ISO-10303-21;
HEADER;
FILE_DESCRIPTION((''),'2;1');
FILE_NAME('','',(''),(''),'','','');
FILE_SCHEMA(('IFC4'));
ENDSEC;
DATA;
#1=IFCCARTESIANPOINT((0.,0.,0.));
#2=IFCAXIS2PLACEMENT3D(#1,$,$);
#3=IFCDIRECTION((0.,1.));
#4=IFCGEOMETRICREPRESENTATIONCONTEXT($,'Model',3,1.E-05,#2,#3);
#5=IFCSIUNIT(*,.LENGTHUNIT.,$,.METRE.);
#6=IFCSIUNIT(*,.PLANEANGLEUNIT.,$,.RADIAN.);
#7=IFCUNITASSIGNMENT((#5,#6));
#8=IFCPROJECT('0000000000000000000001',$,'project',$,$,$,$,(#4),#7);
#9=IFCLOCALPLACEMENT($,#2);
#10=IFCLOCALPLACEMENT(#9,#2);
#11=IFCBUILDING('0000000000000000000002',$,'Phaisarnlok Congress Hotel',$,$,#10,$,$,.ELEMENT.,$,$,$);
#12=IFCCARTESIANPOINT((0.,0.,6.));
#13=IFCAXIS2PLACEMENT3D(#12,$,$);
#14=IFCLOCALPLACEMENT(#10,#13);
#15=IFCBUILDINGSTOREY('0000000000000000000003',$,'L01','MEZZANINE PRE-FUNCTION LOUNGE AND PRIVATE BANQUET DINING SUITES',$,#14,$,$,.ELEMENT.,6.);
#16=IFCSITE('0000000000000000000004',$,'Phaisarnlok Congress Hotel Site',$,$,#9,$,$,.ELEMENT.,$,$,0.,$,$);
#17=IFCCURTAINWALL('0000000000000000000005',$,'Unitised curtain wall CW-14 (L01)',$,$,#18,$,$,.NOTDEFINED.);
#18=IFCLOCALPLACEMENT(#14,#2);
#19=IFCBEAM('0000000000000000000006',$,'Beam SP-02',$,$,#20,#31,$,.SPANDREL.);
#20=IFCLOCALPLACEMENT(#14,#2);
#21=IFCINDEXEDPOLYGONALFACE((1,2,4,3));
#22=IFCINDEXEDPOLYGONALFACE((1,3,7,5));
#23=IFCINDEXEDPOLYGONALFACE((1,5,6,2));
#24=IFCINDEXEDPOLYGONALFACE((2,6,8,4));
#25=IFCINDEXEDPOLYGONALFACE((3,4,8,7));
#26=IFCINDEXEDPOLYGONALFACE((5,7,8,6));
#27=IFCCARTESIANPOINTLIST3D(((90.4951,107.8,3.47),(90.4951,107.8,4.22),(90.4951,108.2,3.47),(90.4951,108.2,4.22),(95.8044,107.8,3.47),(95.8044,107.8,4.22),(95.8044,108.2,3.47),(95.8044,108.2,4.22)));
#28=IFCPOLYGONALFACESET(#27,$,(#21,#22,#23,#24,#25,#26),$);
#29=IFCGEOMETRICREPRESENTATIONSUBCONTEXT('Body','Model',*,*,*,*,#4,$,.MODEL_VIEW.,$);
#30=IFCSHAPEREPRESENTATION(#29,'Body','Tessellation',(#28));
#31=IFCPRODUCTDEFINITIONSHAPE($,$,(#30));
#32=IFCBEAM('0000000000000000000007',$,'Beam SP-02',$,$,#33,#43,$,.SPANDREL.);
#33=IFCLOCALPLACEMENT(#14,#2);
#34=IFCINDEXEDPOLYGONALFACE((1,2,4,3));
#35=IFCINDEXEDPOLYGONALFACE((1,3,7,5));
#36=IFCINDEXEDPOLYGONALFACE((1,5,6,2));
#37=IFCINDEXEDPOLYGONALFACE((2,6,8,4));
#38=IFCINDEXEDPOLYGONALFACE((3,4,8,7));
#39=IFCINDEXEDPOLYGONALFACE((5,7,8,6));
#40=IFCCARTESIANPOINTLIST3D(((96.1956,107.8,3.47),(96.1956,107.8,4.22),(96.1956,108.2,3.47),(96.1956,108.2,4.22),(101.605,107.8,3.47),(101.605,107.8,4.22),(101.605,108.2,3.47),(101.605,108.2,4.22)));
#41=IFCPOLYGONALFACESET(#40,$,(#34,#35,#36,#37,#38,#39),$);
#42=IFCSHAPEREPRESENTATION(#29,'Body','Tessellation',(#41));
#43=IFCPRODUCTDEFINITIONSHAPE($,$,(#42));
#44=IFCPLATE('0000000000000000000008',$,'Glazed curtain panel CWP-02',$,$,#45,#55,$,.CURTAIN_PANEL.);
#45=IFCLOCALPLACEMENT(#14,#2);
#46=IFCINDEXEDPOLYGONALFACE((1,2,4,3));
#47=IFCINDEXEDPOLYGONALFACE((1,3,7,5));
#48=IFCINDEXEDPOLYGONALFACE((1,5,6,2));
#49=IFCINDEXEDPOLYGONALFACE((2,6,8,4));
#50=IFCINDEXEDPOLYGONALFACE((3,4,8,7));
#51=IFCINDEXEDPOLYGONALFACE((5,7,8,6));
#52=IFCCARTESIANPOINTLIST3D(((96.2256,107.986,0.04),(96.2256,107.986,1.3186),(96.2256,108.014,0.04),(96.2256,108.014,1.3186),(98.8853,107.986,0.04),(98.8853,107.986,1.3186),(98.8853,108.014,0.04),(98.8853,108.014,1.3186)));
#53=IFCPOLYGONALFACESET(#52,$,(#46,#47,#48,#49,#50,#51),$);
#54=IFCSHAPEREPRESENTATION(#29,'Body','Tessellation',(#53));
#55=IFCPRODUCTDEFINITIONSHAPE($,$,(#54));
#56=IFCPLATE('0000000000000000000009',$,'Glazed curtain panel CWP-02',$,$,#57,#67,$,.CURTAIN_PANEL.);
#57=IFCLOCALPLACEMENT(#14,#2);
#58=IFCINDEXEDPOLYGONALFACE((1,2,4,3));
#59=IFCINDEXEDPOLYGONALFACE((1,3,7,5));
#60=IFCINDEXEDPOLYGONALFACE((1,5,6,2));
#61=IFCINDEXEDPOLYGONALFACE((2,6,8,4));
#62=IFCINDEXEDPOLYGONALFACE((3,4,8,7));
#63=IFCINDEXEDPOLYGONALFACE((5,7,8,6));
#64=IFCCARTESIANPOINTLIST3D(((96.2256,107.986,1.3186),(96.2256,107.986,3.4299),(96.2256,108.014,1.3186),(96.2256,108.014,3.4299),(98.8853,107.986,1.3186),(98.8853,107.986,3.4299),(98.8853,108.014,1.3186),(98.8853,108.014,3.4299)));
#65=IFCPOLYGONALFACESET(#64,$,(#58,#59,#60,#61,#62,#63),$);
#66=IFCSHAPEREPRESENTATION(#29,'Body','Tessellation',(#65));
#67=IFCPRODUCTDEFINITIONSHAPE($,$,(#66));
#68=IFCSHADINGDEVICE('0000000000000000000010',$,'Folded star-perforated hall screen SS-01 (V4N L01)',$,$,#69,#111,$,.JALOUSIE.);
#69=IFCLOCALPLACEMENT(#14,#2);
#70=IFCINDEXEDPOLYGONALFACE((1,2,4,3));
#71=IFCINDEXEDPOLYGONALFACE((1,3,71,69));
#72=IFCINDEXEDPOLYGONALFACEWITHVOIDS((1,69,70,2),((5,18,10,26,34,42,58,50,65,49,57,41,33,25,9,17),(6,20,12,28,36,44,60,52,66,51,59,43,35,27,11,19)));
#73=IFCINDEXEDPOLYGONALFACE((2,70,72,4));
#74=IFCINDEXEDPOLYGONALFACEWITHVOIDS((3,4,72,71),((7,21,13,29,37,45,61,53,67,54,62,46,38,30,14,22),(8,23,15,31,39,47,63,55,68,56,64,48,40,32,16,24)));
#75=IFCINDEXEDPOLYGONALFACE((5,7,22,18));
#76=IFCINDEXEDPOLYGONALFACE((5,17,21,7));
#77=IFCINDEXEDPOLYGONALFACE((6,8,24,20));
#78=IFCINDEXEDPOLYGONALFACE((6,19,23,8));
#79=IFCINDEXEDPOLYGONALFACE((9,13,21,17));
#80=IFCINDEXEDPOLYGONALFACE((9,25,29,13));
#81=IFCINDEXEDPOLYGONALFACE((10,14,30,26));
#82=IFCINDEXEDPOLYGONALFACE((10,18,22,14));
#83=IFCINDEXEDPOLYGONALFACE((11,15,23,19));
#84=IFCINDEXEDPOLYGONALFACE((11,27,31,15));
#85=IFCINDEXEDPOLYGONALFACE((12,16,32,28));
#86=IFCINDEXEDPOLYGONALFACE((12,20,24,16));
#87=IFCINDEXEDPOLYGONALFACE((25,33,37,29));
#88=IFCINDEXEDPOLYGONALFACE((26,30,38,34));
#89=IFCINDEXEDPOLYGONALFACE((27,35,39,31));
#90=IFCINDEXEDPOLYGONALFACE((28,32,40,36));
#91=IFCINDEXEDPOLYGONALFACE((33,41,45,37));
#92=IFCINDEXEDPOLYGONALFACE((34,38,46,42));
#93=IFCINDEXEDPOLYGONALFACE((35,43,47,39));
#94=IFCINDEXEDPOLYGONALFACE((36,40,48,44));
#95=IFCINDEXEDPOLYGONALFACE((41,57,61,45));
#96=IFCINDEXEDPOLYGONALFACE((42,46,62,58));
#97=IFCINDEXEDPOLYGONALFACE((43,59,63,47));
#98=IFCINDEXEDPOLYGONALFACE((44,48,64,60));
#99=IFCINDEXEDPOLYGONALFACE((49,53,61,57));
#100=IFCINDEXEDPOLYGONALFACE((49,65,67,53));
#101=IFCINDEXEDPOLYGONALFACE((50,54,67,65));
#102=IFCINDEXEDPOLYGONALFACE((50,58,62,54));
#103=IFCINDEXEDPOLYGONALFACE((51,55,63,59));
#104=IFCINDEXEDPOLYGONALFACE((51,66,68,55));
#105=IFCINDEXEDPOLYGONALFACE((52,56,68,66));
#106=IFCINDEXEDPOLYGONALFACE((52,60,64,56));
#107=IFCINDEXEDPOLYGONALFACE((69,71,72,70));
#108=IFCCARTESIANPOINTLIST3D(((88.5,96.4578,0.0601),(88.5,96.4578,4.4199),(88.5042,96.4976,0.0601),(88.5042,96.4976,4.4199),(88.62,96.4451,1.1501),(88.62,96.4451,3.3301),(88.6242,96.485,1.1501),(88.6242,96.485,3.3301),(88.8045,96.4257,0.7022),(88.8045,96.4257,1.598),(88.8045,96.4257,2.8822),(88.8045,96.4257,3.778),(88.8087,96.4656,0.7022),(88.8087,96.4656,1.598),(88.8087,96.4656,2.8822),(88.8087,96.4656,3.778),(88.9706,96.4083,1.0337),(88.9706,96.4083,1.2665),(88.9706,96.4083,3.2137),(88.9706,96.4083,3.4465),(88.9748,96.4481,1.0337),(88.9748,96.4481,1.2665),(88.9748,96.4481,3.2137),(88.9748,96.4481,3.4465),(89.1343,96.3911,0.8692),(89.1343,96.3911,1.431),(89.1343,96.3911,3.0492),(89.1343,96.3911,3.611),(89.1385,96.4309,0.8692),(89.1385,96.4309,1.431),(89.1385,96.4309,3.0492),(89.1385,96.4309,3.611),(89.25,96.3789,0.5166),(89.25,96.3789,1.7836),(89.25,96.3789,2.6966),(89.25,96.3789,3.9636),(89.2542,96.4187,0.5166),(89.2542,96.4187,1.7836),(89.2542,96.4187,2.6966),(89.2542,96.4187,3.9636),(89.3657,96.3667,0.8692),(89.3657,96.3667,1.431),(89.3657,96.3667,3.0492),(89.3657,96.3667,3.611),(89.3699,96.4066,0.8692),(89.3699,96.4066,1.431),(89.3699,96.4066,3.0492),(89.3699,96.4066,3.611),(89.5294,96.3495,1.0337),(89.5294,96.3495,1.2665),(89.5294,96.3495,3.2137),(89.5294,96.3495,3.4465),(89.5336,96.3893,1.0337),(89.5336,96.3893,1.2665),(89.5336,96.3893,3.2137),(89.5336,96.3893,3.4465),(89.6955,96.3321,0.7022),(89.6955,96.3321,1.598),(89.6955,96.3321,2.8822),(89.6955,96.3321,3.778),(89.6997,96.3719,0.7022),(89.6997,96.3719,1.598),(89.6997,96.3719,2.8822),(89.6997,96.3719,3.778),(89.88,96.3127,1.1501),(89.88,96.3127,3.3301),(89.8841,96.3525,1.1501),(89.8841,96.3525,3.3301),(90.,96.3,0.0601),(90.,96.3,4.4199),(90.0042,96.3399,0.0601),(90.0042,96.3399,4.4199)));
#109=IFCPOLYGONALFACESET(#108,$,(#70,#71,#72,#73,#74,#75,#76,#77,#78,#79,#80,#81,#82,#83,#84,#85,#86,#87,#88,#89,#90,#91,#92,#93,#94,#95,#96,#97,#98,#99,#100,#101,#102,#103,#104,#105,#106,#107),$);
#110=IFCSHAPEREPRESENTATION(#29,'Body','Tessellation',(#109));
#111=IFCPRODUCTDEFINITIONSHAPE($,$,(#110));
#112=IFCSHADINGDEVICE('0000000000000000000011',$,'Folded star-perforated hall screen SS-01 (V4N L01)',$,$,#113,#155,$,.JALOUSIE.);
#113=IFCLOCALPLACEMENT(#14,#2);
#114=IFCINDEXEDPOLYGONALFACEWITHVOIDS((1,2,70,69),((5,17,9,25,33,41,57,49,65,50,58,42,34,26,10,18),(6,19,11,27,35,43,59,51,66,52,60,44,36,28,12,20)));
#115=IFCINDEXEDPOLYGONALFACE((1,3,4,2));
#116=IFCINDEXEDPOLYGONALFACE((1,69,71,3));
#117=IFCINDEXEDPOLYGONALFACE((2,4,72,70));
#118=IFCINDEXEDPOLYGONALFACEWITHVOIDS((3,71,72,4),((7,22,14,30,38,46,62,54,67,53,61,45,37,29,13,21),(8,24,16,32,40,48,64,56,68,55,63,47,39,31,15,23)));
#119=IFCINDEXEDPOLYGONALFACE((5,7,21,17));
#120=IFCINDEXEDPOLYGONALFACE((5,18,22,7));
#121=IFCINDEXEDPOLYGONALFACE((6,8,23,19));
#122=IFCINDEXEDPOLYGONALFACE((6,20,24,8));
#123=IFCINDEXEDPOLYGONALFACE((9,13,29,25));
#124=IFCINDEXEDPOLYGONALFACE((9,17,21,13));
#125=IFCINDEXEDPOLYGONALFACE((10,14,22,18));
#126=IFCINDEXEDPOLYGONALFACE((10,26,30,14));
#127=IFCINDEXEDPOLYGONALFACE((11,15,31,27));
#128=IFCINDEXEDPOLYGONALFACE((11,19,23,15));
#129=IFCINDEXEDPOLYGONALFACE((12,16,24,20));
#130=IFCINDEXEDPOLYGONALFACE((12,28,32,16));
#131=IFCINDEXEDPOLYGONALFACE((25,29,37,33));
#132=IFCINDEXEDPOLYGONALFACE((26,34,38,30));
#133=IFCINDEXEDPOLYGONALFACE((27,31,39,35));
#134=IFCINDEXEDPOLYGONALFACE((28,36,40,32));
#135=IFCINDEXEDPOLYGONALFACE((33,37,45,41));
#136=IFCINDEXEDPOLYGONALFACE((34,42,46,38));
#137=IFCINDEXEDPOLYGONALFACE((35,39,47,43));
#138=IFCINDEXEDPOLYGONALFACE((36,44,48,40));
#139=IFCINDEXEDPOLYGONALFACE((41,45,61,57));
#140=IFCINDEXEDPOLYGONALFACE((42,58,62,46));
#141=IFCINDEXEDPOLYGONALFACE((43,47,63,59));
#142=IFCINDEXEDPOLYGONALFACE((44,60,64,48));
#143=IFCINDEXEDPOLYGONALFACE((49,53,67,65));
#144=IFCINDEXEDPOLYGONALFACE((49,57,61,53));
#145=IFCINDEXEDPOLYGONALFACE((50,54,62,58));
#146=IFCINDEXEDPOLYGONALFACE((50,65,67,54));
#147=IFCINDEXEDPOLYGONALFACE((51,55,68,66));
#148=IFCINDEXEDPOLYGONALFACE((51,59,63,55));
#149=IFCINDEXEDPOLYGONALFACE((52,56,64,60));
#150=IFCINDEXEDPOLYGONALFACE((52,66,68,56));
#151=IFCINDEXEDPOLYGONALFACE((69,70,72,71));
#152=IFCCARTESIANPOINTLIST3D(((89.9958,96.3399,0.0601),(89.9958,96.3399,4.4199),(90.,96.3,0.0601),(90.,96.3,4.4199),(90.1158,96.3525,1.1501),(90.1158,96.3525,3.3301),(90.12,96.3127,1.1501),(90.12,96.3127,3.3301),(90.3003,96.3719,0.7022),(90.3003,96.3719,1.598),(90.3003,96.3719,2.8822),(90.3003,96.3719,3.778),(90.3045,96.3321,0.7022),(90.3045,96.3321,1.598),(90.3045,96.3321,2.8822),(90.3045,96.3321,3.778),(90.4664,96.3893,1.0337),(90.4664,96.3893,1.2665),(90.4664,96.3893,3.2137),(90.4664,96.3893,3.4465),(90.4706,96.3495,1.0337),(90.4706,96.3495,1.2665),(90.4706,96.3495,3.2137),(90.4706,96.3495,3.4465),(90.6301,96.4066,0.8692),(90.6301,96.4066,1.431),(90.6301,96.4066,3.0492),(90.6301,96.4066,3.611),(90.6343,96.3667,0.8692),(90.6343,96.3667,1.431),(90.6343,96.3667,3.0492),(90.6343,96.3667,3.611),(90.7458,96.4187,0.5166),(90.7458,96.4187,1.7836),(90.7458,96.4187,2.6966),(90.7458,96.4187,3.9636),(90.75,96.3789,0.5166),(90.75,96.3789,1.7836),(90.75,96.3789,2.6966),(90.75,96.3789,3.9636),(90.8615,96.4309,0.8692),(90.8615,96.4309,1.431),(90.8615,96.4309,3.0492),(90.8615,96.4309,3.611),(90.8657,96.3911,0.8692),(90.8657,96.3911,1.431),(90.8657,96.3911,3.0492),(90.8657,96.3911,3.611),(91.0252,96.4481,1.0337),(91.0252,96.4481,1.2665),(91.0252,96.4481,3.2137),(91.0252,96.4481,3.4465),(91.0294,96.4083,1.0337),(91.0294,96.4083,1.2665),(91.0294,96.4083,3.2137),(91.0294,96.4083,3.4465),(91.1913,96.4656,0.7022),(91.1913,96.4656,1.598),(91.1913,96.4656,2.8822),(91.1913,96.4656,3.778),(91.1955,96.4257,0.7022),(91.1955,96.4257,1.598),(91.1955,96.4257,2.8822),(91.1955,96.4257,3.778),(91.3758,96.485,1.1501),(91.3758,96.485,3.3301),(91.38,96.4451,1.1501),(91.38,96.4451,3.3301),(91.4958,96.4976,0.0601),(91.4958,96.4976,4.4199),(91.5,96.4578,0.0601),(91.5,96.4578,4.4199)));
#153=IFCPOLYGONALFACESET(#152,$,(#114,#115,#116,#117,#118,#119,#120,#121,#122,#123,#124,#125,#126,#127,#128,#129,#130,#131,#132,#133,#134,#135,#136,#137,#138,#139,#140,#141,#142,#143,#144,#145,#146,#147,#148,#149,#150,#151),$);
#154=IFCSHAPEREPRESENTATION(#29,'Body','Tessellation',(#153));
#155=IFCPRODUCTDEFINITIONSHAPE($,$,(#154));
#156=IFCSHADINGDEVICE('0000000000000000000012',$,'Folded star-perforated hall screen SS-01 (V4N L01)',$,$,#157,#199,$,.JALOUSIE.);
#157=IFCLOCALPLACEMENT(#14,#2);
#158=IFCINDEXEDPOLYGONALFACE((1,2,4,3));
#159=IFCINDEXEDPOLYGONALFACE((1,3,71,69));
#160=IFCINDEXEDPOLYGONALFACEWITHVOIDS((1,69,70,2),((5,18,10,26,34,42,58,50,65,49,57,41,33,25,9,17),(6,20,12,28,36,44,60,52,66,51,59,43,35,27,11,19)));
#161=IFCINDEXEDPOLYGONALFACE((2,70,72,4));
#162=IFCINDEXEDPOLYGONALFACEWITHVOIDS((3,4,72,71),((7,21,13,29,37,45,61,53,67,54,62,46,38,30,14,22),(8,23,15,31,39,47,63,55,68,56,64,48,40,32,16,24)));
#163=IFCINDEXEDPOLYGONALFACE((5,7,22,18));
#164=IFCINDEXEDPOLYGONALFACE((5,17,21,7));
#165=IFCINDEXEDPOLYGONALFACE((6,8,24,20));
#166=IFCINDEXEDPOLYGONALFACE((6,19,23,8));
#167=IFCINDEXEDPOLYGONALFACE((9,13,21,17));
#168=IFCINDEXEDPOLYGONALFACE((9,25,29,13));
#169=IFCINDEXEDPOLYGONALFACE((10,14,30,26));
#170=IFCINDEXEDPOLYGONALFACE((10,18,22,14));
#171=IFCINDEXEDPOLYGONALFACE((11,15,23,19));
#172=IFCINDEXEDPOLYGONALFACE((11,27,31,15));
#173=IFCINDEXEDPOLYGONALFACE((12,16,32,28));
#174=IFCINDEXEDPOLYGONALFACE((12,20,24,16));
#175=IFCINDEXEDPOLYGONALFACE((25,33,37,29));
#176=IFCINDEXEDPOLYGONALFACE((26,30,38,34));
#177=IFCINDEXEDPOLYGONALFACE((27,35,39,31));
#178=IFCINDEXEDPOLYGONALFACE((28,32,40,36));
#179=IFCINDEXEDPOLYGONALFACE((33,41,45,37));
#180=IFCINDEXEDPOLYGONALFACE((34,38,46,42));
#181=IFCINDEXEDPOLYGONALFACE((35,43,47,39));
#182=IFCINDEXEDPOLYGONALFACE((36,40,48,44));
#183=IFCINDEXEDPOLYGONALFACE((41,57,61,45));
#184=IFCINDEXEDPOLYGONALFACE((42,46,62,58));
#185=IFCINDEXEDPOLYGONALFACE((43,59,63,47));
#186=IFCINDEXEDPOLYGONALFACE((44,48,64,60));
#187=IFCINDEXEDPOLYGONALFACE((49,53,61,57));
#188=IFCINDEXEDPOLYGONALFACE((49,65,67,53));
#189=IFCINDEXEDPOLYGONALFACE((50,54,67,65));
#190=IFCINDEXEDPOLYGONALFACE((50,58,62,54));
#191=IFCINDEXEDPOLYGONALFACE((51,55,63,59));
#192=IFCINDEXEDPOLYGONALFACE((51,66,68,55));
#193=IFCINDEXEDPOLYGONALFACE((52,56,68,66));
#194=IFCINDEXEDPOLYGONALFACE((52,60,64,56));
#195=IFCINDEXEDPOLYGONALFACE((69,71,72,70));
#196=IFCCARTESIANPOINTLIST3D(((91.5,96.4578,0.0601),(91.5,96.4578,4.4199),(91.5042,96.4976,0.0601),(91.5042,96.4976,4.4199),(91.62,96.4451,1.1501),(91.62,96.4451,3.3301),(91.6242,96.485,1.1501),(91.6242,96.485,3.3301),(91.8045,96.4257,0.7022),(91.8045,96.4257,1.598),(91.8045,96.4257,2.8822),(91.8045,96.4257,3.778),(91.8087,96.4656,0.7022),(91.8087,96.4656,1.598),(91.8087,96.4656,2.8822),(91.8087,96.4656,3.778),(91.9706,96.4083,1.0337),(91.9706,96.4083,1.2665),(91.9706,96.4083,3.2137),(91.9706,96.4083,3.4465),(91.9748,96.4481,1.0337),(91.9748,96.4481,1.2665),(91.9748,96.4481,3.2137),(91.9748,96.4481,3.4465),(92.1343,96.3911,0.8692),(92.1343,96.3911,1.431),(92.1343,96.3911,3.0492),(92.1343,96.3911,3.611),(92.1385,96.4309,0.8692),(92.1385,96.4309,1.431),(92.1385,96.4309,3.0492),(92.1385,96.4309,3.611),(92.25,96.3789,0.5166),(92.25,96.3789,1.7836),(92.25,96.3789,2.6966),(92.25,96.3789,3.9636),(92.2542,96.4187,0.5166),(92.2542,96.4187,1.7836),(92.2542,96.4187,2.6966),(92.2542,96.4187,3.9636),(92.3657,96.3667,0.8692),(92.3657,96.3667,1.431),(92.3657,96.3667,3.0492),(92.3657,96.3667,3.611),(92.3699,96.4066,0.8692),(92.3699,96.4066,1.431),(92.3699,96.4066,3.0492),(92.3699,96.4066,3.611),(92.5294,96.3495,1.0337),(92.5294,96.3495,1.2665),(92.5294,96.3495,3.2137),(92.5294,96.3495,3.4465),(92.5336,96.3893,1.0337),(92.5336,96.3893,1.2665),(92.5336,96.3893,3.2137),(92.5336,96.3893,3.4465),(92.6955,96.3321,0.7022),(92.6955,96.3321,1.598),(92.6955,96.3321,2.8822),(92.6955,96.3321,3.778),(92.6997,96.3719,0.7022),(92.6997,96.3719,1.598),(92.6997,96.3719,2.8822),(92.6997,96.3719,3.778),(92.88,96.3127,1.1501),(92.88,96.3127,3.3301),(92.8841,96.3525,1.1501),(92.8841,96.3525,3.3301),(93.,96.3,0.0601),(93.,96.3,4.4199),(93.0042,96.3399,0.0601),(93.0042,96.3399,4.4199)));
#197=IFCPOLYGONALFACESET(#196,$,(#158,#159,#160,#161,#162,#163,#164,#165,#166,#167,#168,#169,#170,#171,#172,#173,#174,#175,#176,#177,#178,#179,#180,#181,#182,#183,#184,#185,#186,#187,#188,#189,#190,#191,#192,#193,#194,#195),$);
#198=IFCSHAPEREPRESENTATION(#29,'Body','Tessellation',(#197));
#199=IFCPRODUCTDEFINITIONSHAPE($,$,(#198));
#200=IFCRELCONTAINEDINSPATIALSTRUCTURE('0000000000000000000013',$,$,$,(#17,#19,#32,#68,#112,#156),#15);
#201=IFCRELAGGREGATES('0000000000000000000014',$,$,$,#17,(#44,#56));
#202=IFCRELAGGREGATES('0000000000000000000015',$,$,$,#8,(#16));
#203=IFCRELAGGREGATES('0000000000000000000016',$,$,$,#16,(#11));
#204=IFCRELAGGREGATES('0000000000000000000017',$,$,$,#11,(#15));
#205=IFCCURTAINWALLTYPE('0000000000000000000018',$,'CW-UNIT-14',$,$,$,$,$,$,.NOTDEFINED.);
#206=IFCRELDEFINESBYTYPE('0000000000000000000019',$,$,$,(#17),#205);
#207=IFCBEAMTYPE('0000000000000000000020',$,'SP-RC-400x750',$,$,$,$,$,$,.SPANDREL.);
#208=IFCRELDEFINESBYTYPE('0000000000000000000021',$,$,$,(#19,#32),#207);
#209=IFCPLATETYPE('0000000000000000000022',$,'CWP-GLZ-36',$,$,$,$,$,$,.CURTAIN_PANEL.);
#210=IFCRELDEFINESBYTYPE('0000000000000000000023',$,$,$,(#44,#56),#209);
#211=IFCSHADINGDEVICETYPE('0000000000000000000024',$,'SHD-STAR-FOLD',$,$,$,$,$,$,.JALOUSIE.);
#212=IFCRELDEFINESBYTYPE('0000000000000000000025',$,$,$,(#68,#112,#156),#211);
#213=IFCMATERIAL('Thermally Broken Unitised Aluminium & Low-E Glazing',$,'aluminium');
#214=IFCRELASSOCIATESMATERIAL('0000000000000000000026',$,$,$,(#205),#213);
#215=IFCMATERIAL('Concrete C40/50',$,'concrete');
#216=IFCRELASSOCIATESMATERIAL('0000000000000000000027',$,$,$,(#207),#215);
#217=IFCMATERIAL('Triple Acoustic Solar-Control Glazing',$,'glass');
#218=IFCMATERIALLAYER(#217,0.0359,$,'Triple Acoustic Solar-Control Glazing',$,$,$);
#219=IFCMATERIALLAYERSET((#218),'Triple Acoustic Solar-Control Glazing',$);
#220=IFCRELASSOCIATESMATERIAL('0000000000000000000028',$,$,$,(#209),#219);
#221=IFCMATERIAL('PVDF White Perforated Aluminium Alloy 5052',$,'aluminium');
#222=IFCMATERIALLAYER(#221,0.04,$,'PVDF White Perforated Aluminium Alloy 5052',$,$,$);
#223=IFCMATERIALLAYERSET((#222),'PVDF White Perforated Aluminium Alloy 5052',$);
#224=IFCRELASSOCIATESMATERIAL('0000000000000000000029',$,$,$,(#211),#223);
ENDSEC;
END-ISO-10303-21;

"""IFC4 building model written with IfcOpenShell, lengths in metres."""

from ifc_helpers import new_model, si_unit, direction, frame, frame_2d, origin, origin_2d, place, context, subcontext, project, spatial, polyline, rectangle, outline, extrude, material, layer, layer_set, material_profile, profile_set, type_object, element, aggregate, save


model = new_model("IFC4")

# Units and contexts
model_context = context("Model", 3, precision=1e-05, world=origin(), true_north=direction((0.0, 1.0)))
body_context = subcontext(model_context, "Body", "Model", "MODEL_VIEW")
ifc_project = project(units=[si_unit("LENGTHUNIT", "METRE"), si_unit("PLANEANGLEUNIT", "RADIAN")], contexts=[model_context])

# Site, building, storey
site_placement = place(None, origin())
site = spatial("IfcSite", under=ifc_project, at=site_placement, Name="Phaisarnlok Congress Hotel Site", CompositionType="ELEMENT", RefElevation=0.0)
building_placement = place(site_placement, origin())
building = spatial("IfcBuilding", under=site, at=building_placement, Name="Phaisarnlok Congress Hotel", CompositionType="ELEMENT")
storey_placement = place(building_placement, frame((0.0, 0.0, 6.0)))
storey = spatial("IfcBuildingStorey", under=building, at=storey_placement, Name="L01", Description="MEZZANINE PRE-FUNCTION LOUNGE AND PRIVATE BANQUET DINING SUITES", CompositionType="ELEMENT", Elevation=6.0)

# Shared definitions
ifc_material_1 = material(Name="Thermally Broken Unitised Aluminium & Low-E Glazing", Category="aluminium")

# Curtain wall
curtain_wall_type_1 = type_object("IfcCurtainWallType", Name="CW-UNIT-14", PredefinedType="NOTDEFINED", material=ifc_material_1)
curtain_wall_1_placement = place(storey_placement, origin())
curtain_wall_1 = element("IfcCurtainWall", 1, at=curtain_wall_1_placement, inside=storey, type_object=curtain_wall_type_1, Name="Unitised curtain wall CW-14 (L01)", PredefinedType="NOTDEFINED")

# Beams
ifc_material_2 = material(Name="Concrete C40/50", Category="concrete")
ifc_material_profile_1 = material_profile(ifc_material_2, rectangle(XDim=0.3999, YDim=0.75, at=origin_2d()), Name="RC 400x750")
ifc_profile_set_1 = profile_set([ifc_material_profile_1], Name="Concrete C40/50")
beam_type = type_object("IfcBeamType", Name="SP-RC-400x750", PredefinedType="SPANDREL", material=ifc_profile_set_1)
beam_1_placement = place(storey_placement, frame((90.4951, 108.0, 3.845), z_axis=(1.0, 0.0, 0.0), x_axis=(0.0, 1.0, 0.0)))
element("IfcBeam", 2, at=beam_1_placement, inside=storey, type_object=beam_type, Name="Beam SP-02", PredefinedType="SPANDREL", context=body_context, shape_type="SweptSolid", body=[
    extrude(rectangle(XDim=0.3999, YDim=0.75, at=origin_2d()), origin(), (0.0, 0.0, 1.0), 5.3093),
])
beam_2_placement = place(storey_placement, frame((96.1956, 108.0, 3.845), z_axis=(1.0, 0.0, 0.0), x_axis=(0.0, 1.0, 0.0)))
element("IfcBeam", 3, at=beam_2_placement, inside=storey, type_object=beam_type, Name="Beam SP-02", PredefinedType="SPANDREL", context=body_context, shape_type="SweptSolid", body=[
    extrude(rectangle(XDim=0.3999, YDim=0.75, at=origin_2d()), origin(), (0.0, 0.0, 1.0), 5.4094),
])

# Plates
ifc_material_3 = material(Name="Triple Acoustic Solar-Control Glazing", Category="glass")
ifc_layer_1 = layer(ifc_material_3, 0.0359, Name="Triple Acoustic Solar-Control Glazing")
ifc_layer_set_1 = layer_set([ifc_layer_1], Name="Triple Acoustic Solar-Control Glazing")
plate_type = type_object("IfcPlateType", Name="CWP-GLZ-36", PredefinedType="CURTAIN_PANEL", material=ifc_layer_set_1)
plate_1_placement = place(storey_placement, frame((96.2256, 108.0, 0.04), z_axis=(0.0, 0.0, 1.0), x_axis=(1.0, 0.0, 0.0)))
plate_1 = element("IfcPlate", 4, at=plate_1_placement, type_object=plate_type, Name="Glazed curtain panel CWP-02", PredefinedType="CURTAIN_PANEL", context=body_context, shape_type="SweptSolid", body=[
    extrude(rectangle(XDim=2.6597, YDim=0.0281, at=frame_2d((1.3298, 0.0))), origin(), (0.0, 0.0, 1.0), 1.2786),
])
plate_2_placement = place(storey_placement, frame((96.2256, 108.0, 1.3186), z_axis=(0.0, 0.0, 1.0), x_axis=(1.0, 0.0, 0.0)))
plate_2 = element("IfcPlate", 5, at=plate_2_placement, type_object=plate_type, Name="Glazed curtain panel CWP-02", PredefinedType="CURTAIN_PANEL", context=body_context, shape_type="SweptSolid", body=[
    extrude(rectangle(XDim=2.6597, YDim=0.0281, at=frame_2d((1.3298, 0.0))), origin(), (0.0, 0.0, 1.0), 2.1113),
])
aggregate(curtain_wall_1, [plate_1, plate_2])

# Shading devices
ifc_material_4 = material(Name="PVDF White Perforated Aluminium Alloy 5052", Category="aluminium")
ifc_layer_2 = layer(ifc_material_4, 0.04, Name="PVDF White Perforated Aluminium Alloy 5052")
ifc_layer_set_2 = layer_set([ifc_layer_2], Name="PVDF White Perforated Aluminium Alloy 5052")
shading_device_type = type_object("IfcShadingDeviceType", Name="SHD-STAR-FOLD", PredefinedType="JALOUSIE", material=ifc_layer_set_2)
for number, where, z_axis, x_axis, name in (
    (6, (90.0, 96.3, 0.0601), (0.104567, 0.994518, 0.0), (-0.994518, 0.104567, 0.0), "Folded star-perforated hall screen SS-01 (V4N L01)"),
    (7, (91.5, 96.4578, 0.0601), (-0.104567, 0.994518, 0.0), (-0.994518, -0.104567, 0.0), "Folded star-perforated hall screen SS-01 (V4N L01)"),
    (8, (93.0, 96.3, 0.0601), (0.104567, 0.994518, 0.0), (-0.994518, 0.104567, 0.0), "Folded star-perforated hall screen SS-01 (V4N L01)"),
):
    element("IfcShadingDevice", number, at=place(storey_placement, frame(where, z_axis=z_axis, x_axis=x_axis)), inside=storey, type_object=shading_device_type, Name=name, PredefinedType="JALOUSIE", context=body_context, shape_type="SweptSolid", body=[
        extrude(outline(polyline([(0.0, 0.0), (1.5083, 0.0), (1.5083, 4.3599), (0.0, 4.3599), (0.0, 0.0)]), holes=[polyline([(1.0351, 0.9736), (1.2021, 0.6421), (0.8705, 0.8091), (0.7541, 0.4565), (0.6378, 0.8091), (0.3062, 0.6421), (0.4732, 0.9736), (0.1207, 1.09), (0.4732, 1.2064), (0.3062, 1.5379), (0.6378, 1.3709), (0.7541, 1.7235), (0.8705, 1.3709), (1.2021, 1.5379), (1.0351, 1.2064), (1.3876, 1.09), (1.0351, 0.9736)]), polyline([(1.0351, 3.1536), (1.2021, 2.8221), (0.8705, 2.9891), (0.7541, 2.6365), (0.6378, 2.9891), (0.3062, 2.8221), (0.4732, 3.1536), (0.1207, 3.27), (0.4732, 3.3864), (0.3062, 3.7179), (0.6378, 3.5509), (0.7541, 3.9035), (0.8705, 3.5509), (1.2021, 3.7179), (1.0351, 3.3864), (1.3876, 3.27), (1.0351, 3.1536)])]), origin(), (0.0, 0.0, 1.0), 0.04),
    ])

save(model, "model.ifc")
